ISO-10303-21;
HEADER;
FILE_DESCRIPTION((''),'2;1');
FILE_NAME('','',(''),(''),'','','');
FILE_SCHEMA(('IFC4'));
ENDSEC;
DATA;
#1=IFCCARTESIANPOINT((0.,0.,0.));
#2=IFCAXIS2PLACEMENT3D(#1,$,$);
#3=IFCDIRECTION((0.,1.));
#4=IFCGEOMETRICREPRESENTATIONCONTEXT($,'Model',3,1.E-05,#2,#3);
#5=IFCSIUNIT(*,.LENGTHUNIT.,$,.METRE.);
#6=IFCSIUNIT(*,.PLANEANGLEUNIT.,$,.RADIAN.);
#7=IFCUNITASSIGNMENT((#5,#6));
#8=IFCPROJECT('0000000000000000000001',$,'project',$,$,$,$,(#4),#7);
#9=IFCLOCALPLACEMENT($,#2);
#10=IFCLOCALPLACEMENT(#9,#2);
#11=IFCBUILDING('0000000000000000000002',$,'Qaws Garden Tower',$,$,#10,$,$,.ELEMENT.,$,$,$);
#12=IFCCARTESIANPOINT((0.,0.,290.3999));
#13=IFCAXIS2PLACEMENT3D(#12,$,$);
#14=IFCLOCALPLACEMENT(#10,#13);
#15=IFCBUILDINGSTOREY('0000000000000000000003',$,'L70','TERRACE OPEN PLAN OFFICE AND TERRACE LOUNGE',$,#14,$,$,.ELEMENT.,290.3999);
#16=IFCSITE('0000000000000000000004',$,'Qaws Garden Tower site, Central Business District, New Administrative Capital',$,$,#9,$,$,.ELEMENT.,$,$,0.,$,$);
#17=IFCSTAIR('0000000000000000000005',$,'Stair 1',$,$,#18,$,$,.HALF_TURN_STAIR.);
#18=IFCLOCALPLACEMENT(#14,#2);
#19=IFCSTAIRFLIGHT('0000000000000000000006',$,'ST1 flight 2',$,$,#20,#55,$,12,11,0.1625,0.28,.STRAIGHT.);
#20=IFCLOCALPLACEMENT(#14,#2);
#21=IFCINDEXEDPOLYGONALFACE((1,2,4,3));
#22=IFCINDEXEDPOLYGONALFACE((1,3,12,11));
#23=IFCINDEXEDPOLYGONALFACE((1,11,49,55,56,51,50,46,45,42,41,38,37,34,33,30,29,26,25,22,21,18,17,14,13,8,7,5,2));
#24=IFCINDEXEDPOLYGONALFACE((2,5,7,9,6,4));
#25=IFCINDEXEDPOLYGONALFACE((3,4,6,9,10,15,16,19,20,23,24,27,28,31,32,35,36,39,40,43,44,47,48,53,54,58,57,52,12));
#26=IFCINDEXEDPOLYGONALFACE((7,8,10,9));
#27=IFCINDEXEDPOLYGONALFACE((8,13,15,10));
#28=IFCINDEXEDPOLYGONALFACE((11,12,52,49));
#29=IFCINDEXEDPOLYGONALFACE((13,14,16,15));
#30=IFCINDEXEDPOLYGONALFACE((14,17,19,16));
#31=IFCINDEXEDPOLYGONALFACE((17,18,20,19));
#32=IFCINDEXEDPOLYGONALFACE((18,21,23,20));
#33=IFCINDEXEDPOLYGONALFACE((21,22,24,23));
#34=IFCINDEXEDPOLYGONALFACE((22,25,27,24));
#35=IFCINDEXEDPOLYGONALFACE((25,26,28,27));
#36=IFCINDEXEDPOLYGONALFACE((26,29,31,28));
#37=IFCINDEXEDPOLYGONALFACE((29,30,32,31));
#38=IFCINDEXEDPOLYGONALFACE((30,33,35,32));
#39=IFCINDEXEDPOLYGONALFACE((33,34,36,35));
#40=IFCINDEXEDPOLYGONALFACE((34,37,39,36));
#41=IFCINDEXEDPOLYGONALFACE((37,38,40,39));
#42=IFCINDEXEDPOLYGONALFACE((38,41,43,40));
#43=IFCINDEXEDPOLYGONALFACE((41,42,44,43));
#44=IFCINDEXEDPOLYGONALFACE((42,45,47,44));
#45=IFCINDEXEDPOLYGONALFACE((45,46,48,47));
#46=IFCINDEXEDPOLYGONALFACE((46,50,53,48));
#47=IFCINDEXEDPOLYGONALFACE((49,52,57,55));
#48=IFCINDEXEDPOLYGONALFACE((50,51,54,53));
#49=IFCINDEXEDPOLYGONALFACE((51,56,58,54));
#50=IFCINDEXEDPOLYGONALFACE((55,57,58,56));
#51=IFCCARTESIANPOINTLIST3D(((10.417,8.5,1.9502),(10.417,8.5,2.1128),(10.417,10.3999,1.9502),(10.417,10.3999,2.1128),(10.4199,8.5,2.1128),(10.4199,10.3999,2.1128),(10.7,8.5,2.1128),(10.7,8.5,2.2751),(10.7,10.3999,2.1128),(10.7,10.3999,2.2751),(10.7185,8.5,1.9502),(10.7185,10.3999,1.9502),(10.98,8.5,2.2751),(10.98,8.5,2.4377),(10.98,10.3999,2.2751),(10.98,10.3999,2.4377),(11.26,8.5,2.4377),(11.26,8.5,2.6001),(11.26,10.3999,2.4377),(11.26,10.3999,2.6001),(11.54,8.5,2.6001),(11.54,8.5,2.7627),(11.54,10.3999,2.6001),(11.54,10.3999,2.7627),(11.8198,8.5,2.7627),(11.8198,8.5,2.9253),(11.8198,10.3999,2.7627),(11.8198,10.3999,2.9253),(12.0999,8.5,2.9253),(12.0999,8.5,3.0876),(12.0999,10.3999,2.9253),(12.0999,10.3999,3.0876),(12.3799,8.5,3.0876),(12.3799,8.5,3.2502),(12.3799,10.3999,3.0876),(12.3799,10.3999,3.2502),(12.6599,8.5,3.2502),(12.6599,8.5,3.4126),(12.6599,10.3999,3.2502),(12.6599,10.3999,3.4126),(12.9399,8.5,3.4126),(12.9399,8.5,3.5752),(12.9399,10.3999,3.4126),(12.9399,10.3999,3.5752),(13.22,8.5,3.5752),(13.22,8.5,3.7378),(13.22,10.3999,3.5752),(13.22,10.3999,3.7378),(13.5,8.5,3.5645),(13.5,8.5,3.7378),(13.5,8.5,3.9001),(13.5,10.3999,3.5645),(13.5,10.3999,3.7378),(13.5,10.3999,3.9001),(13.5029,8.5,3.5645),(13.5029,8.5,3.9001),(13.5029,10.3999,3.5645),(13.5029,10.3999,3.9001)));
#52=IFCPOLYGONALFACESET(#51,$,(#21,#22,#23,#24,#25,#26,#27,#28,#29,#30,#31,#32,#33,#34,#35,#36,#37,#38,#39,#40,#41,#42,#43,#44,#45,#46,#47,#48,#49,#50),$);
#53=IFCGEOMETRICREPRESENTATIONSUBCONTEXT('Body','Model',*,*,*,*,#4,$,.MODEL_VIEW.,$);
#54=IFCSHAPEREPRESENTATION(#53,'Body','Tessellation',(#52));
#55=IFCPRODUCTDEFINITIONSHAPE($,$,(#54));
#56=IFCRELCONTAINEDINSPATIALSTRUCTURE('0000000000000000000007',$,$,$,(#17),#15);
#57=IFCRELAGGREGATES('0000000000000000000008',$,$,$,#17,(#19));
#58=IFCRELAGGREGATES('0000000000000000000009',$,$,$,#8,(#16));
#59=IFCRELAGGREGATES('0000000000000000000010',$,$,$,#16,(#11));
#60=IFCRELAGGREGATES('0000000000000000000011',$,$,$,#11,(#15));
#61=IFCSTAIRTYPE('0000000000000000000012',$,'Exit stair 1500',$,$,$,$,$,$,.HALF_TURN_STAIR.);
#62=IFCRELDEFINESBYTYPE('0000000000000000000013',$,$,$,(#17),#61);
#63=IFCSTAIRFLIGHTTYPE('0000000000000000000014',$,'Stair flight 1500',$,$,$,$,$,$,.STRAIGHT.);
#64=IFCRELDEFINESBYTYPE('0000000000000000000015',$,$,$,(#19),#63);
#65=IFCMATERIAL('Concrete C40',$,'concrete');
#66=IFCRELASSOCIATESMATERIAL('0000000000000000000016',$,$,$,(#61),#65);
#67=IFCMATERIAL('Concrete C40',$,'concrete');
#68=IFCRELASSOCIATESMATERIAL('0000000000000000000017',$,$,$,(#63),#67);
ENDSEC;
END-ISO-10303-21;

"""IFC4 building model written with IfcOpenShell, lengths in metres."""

from ifc_helpers import new_model, si_unit, direction, frame, origin, place, context, subcontext, project, spatial, polyline, outline, extrude, material, type_object, element, aggregate, save


model = new_model("IFC4")

# Units and contexts
model_context = context("Model", 3, precision=1e-05, world=origin(), true_north=direction((0.0, 1.0)))
body_context = subcontext(model_context, "Body", "Model", "MODEL_VIEW")
ifc_project = project(units=[si_unit("LENGTHUNIT", "METRE"), si_unit("PLANEANGLEUNIT", "RADIAN")], contexts=[model_context])

# Site, building, storey
site_placement = place(None, origin())
site = spatial("IfcSite", under=ifc_project, at=site_placement, Name="Qaws Garden Tower site, Central Business District, New Administrative Capital", CompositionType="ELEMENT", RefElevation=0.0)
building_placement = place(site_placement, origin())
building = spatial("IfcBuilding", under=site, at=building_placement, Name="Qaws Garden Tower", CompositionType="ELEMENT")
storey_placement = place(building_placement, frame((0.0, 0.0, 290.3999)))
storey = spatial("IfcBuildingStorey", under=building, at=storey_placement, Name="L70", Description="TERRACE OPEN PLAN OFFICE AND TERRACE LOUNGE", CompositionType="ELEMENT", Elevation=290.3999)

# Stair
ifc_material_1 = material(Name="Concrete C40", Category="concrete")
stair_type_1 = type_object("IfcStairType", Name="Exit stair 1500", PredefinedType="HALF_TURN_STAIR", material=ifc_material_1)
placement_1 = place(storey_placement, origin())
stair_1 = element("IfcStair", 1, at=placement_1, inside=storey, type_object=stair_type_1, Name="Stair 1", PredefinedType="HALF_TURN_STAIR")

# Stair flight
ifc_material_2 = material(Name="Concrete C40", Category="concrete")
stair_flight_type = type_object("IfcStairFlightType", Name="Stair flight 1500", PredefinedType="STRAIGHT", material=ifc_material_2)
stair_flight_placement = place(storey_placement, frame((10.4199, 9.45, 1.9502), z_axis=(0.0, 0.0, 1.0), x_axis=(1.0, 0.0, 0.0)))
stair_flight = element("IfcStairFlight", 2, at=stair_flight_placement, type_object=stair_flight_type, Name="ST1 flight 2", NumberOfRisers=12, NumberOfTreads=11, PredefinedType="STRAIGHT", RiserHeight=0.1625, TreadLength=0.28, context=body_context, shape_type="SweptSolid", body=[
    extrude(outline(polyline([(-0.0029, 0.0), (-0.0029, 0.1626), (0.0, 0.1626), (0.28, 0.1626), (0.28, 0.325), (0.5601, 0.325), (0.5601, 0.4875), (0.8401, 0.4875), (0.8401, 0.6499), (1.1201, 0.6499), (1.1201, 0.8125), (1.3999, 0.8125), (1.3999, 0.9751), (1.6799, 0.9751), (1.6799, 1.1375), (1.96, 1.1375), (1.96, 1.3), (2.24, 1.3), (2.24, 1.4624), (2.52, 1.4624), (2.52, 1.625), (2.8, 1.625), (2.8, 1.7876), (3.0801, 1.7876), (3.0801, 1.95), (3.083, 1.95), (3.083, 1.6143), (3.0801, 1.6143), (0.2986, 0.0), (-0.0029, 0.0)])), frame((0.0, 0.95, 0.0), z_axis=(0.0, -1.0, 0.0), x_axis=(1.0, 0.0, 0.0)), (0.0, 0.0, 1.0), 1.8999),
])
aggregate(stair_1, [stair_flight])

save(model, "model.ifc")
